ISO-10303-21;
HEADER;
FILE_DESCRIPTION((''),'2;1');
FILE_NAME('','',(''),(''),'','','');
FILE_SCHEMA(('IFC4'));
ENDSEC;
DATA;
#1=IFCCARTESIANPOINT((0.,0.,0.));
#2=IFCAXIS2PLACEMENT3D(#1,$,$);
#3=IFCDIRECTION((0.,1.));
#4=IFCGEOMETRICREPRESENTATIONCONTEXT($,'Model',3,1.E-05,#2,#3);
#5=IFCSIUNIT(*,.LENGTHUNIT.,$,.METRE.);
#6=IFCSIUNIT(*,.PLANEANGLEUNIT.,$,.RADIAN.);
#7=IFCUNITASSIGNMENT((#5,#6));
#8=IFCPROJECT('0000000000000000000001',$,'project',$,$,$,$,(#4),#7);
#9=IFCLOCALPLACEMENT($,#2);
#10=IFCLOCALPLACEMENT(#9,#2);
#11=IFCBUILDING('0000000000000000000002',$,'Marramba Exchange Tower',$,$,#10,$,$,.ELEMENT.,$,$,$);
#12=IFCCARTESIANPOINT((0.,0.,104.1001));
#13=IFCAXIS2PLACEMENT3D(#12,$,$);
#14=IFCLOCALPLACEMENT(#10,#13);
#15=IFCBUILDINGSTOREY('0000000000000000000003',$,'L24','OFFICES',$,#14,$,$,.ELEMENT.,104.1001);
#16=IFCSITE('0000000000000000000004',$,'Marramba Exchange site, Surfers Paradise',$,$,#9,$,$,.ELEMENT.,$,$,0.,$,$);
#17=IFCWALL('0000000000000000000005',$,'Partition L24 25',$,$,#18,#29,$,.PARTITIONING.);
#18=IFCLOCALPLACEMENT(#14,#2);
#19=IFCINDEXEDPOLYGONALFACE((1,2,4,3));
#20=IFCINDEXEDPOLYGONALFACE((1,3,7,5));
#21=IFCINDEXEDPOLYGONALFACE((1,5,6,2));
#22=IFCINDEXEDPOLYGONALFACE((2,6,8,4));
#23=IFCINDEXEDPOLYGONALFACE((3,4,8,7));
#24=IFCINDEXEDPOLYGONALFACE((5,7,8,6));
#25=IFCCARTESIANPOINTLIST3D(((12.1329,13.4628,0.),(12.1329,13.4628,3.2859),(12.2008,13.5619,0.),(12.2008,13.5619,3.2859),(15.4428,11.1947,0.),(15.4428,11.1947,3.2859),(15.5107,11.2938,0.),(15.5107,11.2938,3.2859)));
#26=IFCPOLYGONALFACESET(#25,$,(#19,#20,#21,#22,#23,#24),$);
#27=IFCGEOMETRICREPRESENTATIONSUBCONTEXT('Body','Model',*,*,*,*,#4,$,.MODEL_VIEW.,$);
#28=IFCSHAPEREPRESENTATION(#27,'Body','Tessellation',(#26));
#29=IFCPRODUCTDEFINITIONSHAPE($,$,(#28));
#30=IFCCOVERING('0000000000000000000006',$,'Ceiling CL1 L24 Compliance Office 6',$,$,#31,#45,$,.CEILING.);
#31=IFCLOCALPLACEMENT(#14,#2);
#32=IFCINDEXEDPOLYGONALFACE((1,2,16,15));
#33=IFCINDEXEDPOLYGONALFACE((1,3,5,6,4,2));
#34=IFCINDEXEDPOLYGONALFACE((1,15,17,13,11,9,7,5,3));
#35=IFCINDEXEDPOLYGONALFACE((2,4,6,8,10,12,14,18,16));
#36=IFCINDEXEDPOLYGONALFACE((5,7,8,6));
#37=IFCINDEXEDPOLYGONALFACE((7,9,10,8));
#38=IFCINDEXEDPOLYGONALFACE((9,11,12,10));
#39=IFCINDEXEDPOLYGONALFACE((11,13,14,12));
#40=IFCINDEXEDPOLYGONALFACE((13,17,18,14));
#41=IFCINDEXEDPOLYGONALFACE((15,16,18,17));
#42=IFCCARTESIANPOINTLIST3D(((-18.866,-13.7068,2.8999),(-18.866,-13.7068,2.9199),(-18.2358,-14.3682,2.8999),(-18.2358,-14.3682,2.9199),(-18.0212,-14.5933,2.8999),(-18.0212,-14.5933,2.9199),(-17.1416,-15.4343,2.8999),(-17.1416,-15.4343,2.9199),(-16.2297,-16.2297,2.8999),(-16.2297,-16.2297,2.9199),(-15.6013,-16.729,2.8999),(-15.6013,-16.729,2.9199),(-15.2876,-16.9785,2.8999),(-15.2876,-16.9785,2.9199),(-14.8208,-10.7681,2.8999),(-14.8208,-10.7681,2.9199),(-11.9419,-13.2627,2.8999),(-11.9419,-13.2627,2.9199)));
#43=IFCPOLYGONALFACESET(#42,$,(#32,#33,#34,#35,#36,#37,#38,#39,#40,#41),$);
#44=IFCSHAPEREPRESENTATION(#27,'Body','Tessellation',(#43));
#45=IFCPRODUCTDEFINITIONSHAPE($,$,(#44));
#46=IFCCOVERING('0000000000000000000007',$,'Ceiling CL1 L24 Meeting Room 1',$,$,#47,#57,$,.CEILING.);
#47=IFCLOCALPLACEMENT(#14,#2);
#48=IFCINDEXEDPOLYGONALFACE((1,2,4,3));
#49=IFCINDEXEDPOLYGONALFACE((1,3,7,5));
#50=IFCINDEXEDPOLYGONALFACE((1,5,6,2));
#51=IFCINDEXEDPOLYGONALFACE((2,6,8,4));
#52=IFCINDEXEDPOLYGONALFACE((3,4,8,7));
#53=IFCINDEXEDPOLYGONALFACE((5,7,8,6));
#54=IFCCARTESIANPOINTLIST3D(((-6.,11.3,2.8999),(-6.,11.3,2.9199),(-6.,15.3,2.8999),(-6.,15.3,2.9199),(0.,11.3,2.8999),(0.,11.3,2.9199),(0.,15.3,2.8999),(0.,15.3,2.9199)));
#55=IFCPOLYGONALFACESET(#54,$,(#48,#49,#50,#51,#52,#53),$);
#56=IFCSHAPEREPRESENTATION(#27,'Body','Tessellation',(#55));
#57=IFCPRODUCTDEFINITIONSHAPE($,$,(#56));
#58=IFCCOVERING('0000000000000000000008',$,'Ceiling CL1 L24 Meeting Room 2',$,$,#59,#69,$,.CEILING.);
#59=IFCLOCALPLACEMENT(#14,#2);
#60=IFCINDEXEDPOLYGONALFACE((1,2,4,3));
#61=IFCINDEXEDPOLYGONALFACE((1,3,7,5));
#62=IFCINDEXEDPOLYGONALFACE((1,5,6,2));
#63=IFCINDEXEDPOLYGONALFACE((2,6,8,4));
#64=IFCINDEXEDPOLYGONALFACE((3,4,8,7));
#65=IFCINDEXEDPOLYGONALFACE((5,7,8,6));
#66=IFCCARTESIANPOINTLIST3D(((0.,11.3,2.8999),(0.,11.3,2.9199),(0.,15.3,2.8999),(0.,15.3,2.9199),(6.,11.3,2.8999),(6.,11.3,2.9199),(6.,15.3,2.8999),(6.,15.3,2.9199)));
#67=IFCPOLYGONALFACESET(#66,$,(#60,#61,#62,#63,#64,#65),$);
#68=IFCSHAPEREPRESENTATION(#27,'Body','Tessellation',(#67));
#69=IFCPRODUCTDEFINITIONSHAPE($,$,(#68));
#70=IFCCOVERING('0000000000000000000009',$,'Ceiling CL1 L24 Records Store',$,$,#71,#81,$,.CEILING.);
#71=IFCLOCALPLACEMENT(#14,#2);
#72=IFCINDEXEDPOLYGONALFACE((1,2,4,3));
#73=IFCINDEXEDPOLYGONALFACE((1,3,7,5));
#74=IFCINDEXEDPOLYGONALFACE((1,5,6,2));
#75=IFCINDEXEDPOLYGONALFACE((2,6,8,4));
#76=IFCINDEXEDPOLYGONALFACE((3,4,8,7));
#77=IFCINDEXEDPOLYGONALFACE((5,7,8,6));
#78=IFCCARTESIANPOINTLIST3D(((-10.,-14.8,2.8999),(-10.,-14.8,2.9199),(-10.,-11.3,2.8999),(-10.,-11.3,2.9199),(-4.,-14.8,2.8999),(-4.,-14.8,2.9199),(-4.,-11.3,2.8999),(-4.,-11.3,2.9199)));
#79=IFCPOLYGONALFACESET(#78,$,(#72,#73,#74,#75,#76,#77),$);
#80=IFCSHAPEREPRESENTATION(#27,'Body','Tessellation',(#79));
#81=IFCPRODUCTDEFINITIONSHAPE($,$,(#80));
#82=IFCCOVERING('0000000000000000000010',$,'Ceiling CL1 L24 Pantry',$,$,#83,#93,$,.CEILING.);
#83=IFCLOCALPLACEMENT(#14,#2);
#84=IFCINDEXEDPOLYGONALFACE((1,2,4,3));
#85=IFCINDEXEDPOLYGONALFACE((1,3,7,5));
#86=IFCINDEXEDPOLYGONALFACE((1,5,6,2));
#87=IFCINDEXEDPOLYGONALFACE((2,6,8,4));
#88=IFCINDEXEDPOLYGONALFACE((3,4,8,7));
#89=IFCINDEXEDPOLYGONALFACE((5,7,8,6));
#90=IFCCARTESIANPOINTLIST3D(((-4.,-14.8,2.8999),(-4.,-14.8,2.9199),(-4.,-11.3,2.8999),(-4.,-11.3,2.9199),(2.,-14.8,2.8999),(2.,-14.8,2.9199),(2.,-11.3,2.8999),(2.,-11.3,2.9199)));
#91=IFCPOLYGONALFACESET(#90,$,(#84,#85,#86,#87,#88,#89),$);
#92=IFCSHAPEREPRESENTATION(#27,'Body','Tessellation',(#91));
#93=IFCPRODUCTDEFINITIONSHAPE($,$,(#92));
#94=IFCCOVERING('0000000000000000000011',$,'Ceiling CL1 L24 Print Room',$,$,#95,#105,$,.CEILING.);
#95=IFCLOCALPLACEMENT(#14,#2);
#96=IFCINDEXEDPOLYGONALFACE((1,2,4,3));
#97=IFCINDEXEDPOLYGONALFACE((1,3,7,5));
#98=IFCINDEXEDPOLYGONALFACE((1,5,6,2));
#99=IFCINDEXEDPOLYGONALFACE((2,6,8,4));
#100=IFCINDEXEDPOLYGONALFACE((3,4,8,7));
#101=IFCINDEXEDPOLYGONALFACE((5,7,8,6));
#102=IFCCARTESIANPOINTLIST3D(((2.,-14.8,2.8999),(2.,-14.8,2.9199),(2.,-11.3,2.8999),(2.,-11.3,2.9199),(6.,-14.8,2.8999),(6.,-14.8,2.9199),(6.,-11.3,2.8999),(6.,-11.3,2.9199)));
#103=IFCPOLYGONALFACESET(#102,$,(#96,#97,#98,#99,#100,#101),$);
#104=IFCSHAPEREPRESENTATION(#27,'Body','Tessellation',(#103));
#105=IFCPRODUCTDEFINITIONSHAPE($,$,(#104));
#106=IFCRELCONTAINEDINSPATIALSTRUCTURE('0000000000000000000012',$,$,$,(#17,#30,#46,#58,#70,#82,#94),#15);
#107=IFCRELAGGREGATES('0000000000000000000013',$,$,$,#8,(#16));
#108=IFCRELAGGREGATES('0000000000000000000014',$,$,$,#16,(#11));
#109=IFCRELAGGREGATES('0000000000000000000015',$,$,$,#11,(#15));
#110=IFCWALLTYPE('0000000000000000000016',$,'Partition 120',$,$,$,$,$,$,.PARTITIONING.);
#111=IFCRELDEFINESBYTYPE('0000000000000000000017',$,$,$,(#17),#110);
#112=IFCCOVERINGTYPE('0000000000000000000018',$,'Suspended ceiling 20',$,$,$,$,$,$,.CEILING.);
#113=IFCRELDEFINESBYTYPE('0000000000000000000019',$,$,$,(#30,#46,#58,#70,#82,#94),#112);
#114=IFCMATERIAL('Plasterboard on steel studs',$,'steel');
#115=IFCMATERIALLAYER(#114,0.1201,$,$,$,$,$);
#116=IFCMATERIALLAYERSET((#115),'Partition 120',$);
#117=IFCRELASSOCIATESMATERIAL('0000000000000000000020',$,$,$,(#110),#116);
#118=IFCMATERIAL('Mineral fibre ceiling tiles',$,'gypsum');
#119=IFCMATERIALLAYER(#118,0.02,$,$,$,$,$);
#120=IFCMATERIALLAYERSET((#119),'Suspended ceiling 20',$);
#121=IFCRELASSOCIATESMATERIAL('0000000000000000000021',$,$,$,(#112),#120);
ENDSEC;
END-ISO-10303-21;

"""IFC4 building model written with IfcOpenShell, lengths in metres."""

from ifc_helpers import new_model, si_unit, direction, frame, frame_2d, origin, place, context, subcontext, project, spatial, polyline, rectangle, outline, extrude, material, layer, layer_set, type_object, element, save


model = new_model("IFC4")

# Units and contexts
model_context = context("Model", 3, precision=1e-05, world=origin(), true_north=direction((0.0, 1.0)))
body_context = subcontext(model_context, "Body", "Model", "MODEL_VIEW")
ifc_project = project(units=[si_unit("LENGTHUNIT", "METRE"), si_unit("PLANEANGLEUNIT", "RADIAN")], contexts=[model_context])

# Site, building, storey
site_placement = place(None, origin())
site = spatial("IfcSite", under=ifc_project, at=site_placement, Name="Marramba Exchange site, Surfers Paradise", CompositionType="ELEMENT", RefElevation=0.0)
building_placement = place(site_placement, origin())
building = spatial("IfcBuilding", under=site, at=building_placement, Name="Marramba Exchange Tower", CompositionType="ELEMENT")
storey_placement = place(building_placement, frame((0.0, 0.0, 104.1001)))
storey = spatial("IfcBuildingStorey", under=building, at=storey_placement, Name="L24", Description="OFFICES", CompositionType="ELEMENT", Elevation=104.1001)

# Wall
ifc_material_1 = material(Name="Plasterboard on steel studs", Category="steel")
ifc_layer_1 = layer(ifc_material_1, 0.1201)
ifc_layer_set_1 = layer_set([ifc_layer_1], Name="Partition 120")
wall_type_1 = type_object("IfcWallType", Name="Partition 120", PredefinedType="PARTITIONING", material=ifc_layer_set_1)
wall_1_placement = place(storey_placement, frame((12.1667, 13.5125, 0.0), z_axis=(0.0, 0.0, 1.0), x_axis=(0.824906, -0.565271, 0.0)))
element("IfcWall", 1, at=wall_1_placement, inside=storey, type_object=wall_type_1, Name="Partition L24 25", PredefinedType="PARTITIONING", context=body_context, shape_type="SweptSolid", body=[
    extrude(rectangle(XDim=4.0125, YDim=0.1201, at=frame_2d((2.0063, 0.0))), origin(), (0.0, 0.0, 1.0), 3.2859),
])

# Coverings
ifc_material_2 = material(Name="Mineral fibre ceiling tiles", Category="gypsum")
ifc_layer_2 = layer(ifc_material_2, 0.02)
ifc_layer_set_2 = layer_set([ifc_layer_2], Name="Suspended ceiling 20")
covering_type = type_object("IfcCoveringType", Name="Suspended ceiling 20", PredefinedType="CEILING", material=ifc_layer_set_2)
covering_1_placement = place(storey_placement, frame((0.0, 0.0, 2.8999)))
element("IfcCovering", 2, at=covering_1_placement, inside=storey, type_object=covering_type, Name="Ceiling CL1 L24 Compliance Office 6", PredefinedType="CEILING", context=body_context, shape_type="SweptSolid", body=[
    extrude(outline(polyline([(-15.6013, -16.729), (-16.2297, -16.2297), (-17.1416, -15.4343), (-18.0212, -14.5933), (-18.2358, -14.3682), (-18.866, -13.7068), (-14.8208, -10.7681), (-11.9419, -13.2627), (-15.2876, -16.9785), (-15.6013, -16.729)])), origin(), (0.0, 0.0, 1.0), 0.02),
])
covering_2_placement = place(storey_placement, frame((0.0, 0.0, 2.8999)))
element("IfcCovering", 3, at=covering_2_placement, inside=storey, type_object=covering_type, Name="Ceiling CL1 L24 Meeting Room 1", PredefinedType="CEILING", context=body_context, shape_type="SweptSolid", body=[
    extrude(outline(polyline([(0.0, 11.3), (-6.0, 11.3), (-6.0, 15.3), (0.0, 15.3), (0.0, 11.3)])), origin(), (0.0, 0.0, 1.0), 0.02),
])
covering_3_placement = place(storey_placement, frame((0.0, 0.0, 2.8999)))
element("IfcCovering", 4, at=covering_3_placement, inside=storey, type_object=covering_type, Name="Ceiling CL1 L24 Meeting Room 2", PredefinedType="CEILING", context=body_context, shape_type="SweptSolid", body=[
    extrude(outline(polyline([(6.0, 11.3), (0.0, 11.3), (0.0, 15.3), (6.0, 15.3), (6.0, 11.3)])), origin(), (0.0, 0.0, 1.0), 0.02),
])
covering_4_placement = place(storey_placement, frame((0.0, 0.0, 2.8999)))
element("IfcCovering", 5, at=covering_4_placement, inside=storey, type_object=covering_type, Name="Ceiling CL1 L24 Records Store", PredefinedType="CEILING", context=body_context, shape_type="SweptSolid", body=[
    extrude(outline(polyline([(-4.0, -14.8), (-10.0, -14.8), (-10.0, -11.3), (-4.0, -11.3), (-4.0, -14.8)])), origin(), (0.0, 0.0, 1.0), 0.02),
])
covering_5_placement = place(storey_placement, frame((0.0, 0.0, 2.8999)))
element("IfcCovering", 6, at=covering_5_placement, inside=storey, type_object=covering_type, Name="Ceiling CL1 L24 Pantry", PredefinedType="CEILING", context=body_context, shape_type="SweptSolid", body=[
    extrude(outline(polyline([(2.0, -14.8), (-4.0, -14.8), (-4.0, -11.3), (2.0, -11.3), (2.0, -14.8)])), origin(), (0.0, 0.0, 1.0), 0.02),
])
covering_6_placement = place(storey_placement, frame((0.0, 0.0, 2.8999)))
element("IfcCovering", 7, at=covering_6_placement, inside=storey, type_object=covering_type, Name="Ceiling CL1 L24 Print Room", PredefinedType="CEILING", context=body_context, shape_type="SweptSolid", body=[
    extrude(outline(polyline([(6.0, -11.3), (6.0, -14.8), (2.0, -14.8), (2.0, -11.3), (6.0, -11.3)])), origin(), (0.0, 0.0, 1.0), 0.02),
])

save(model, "model.ifc")
